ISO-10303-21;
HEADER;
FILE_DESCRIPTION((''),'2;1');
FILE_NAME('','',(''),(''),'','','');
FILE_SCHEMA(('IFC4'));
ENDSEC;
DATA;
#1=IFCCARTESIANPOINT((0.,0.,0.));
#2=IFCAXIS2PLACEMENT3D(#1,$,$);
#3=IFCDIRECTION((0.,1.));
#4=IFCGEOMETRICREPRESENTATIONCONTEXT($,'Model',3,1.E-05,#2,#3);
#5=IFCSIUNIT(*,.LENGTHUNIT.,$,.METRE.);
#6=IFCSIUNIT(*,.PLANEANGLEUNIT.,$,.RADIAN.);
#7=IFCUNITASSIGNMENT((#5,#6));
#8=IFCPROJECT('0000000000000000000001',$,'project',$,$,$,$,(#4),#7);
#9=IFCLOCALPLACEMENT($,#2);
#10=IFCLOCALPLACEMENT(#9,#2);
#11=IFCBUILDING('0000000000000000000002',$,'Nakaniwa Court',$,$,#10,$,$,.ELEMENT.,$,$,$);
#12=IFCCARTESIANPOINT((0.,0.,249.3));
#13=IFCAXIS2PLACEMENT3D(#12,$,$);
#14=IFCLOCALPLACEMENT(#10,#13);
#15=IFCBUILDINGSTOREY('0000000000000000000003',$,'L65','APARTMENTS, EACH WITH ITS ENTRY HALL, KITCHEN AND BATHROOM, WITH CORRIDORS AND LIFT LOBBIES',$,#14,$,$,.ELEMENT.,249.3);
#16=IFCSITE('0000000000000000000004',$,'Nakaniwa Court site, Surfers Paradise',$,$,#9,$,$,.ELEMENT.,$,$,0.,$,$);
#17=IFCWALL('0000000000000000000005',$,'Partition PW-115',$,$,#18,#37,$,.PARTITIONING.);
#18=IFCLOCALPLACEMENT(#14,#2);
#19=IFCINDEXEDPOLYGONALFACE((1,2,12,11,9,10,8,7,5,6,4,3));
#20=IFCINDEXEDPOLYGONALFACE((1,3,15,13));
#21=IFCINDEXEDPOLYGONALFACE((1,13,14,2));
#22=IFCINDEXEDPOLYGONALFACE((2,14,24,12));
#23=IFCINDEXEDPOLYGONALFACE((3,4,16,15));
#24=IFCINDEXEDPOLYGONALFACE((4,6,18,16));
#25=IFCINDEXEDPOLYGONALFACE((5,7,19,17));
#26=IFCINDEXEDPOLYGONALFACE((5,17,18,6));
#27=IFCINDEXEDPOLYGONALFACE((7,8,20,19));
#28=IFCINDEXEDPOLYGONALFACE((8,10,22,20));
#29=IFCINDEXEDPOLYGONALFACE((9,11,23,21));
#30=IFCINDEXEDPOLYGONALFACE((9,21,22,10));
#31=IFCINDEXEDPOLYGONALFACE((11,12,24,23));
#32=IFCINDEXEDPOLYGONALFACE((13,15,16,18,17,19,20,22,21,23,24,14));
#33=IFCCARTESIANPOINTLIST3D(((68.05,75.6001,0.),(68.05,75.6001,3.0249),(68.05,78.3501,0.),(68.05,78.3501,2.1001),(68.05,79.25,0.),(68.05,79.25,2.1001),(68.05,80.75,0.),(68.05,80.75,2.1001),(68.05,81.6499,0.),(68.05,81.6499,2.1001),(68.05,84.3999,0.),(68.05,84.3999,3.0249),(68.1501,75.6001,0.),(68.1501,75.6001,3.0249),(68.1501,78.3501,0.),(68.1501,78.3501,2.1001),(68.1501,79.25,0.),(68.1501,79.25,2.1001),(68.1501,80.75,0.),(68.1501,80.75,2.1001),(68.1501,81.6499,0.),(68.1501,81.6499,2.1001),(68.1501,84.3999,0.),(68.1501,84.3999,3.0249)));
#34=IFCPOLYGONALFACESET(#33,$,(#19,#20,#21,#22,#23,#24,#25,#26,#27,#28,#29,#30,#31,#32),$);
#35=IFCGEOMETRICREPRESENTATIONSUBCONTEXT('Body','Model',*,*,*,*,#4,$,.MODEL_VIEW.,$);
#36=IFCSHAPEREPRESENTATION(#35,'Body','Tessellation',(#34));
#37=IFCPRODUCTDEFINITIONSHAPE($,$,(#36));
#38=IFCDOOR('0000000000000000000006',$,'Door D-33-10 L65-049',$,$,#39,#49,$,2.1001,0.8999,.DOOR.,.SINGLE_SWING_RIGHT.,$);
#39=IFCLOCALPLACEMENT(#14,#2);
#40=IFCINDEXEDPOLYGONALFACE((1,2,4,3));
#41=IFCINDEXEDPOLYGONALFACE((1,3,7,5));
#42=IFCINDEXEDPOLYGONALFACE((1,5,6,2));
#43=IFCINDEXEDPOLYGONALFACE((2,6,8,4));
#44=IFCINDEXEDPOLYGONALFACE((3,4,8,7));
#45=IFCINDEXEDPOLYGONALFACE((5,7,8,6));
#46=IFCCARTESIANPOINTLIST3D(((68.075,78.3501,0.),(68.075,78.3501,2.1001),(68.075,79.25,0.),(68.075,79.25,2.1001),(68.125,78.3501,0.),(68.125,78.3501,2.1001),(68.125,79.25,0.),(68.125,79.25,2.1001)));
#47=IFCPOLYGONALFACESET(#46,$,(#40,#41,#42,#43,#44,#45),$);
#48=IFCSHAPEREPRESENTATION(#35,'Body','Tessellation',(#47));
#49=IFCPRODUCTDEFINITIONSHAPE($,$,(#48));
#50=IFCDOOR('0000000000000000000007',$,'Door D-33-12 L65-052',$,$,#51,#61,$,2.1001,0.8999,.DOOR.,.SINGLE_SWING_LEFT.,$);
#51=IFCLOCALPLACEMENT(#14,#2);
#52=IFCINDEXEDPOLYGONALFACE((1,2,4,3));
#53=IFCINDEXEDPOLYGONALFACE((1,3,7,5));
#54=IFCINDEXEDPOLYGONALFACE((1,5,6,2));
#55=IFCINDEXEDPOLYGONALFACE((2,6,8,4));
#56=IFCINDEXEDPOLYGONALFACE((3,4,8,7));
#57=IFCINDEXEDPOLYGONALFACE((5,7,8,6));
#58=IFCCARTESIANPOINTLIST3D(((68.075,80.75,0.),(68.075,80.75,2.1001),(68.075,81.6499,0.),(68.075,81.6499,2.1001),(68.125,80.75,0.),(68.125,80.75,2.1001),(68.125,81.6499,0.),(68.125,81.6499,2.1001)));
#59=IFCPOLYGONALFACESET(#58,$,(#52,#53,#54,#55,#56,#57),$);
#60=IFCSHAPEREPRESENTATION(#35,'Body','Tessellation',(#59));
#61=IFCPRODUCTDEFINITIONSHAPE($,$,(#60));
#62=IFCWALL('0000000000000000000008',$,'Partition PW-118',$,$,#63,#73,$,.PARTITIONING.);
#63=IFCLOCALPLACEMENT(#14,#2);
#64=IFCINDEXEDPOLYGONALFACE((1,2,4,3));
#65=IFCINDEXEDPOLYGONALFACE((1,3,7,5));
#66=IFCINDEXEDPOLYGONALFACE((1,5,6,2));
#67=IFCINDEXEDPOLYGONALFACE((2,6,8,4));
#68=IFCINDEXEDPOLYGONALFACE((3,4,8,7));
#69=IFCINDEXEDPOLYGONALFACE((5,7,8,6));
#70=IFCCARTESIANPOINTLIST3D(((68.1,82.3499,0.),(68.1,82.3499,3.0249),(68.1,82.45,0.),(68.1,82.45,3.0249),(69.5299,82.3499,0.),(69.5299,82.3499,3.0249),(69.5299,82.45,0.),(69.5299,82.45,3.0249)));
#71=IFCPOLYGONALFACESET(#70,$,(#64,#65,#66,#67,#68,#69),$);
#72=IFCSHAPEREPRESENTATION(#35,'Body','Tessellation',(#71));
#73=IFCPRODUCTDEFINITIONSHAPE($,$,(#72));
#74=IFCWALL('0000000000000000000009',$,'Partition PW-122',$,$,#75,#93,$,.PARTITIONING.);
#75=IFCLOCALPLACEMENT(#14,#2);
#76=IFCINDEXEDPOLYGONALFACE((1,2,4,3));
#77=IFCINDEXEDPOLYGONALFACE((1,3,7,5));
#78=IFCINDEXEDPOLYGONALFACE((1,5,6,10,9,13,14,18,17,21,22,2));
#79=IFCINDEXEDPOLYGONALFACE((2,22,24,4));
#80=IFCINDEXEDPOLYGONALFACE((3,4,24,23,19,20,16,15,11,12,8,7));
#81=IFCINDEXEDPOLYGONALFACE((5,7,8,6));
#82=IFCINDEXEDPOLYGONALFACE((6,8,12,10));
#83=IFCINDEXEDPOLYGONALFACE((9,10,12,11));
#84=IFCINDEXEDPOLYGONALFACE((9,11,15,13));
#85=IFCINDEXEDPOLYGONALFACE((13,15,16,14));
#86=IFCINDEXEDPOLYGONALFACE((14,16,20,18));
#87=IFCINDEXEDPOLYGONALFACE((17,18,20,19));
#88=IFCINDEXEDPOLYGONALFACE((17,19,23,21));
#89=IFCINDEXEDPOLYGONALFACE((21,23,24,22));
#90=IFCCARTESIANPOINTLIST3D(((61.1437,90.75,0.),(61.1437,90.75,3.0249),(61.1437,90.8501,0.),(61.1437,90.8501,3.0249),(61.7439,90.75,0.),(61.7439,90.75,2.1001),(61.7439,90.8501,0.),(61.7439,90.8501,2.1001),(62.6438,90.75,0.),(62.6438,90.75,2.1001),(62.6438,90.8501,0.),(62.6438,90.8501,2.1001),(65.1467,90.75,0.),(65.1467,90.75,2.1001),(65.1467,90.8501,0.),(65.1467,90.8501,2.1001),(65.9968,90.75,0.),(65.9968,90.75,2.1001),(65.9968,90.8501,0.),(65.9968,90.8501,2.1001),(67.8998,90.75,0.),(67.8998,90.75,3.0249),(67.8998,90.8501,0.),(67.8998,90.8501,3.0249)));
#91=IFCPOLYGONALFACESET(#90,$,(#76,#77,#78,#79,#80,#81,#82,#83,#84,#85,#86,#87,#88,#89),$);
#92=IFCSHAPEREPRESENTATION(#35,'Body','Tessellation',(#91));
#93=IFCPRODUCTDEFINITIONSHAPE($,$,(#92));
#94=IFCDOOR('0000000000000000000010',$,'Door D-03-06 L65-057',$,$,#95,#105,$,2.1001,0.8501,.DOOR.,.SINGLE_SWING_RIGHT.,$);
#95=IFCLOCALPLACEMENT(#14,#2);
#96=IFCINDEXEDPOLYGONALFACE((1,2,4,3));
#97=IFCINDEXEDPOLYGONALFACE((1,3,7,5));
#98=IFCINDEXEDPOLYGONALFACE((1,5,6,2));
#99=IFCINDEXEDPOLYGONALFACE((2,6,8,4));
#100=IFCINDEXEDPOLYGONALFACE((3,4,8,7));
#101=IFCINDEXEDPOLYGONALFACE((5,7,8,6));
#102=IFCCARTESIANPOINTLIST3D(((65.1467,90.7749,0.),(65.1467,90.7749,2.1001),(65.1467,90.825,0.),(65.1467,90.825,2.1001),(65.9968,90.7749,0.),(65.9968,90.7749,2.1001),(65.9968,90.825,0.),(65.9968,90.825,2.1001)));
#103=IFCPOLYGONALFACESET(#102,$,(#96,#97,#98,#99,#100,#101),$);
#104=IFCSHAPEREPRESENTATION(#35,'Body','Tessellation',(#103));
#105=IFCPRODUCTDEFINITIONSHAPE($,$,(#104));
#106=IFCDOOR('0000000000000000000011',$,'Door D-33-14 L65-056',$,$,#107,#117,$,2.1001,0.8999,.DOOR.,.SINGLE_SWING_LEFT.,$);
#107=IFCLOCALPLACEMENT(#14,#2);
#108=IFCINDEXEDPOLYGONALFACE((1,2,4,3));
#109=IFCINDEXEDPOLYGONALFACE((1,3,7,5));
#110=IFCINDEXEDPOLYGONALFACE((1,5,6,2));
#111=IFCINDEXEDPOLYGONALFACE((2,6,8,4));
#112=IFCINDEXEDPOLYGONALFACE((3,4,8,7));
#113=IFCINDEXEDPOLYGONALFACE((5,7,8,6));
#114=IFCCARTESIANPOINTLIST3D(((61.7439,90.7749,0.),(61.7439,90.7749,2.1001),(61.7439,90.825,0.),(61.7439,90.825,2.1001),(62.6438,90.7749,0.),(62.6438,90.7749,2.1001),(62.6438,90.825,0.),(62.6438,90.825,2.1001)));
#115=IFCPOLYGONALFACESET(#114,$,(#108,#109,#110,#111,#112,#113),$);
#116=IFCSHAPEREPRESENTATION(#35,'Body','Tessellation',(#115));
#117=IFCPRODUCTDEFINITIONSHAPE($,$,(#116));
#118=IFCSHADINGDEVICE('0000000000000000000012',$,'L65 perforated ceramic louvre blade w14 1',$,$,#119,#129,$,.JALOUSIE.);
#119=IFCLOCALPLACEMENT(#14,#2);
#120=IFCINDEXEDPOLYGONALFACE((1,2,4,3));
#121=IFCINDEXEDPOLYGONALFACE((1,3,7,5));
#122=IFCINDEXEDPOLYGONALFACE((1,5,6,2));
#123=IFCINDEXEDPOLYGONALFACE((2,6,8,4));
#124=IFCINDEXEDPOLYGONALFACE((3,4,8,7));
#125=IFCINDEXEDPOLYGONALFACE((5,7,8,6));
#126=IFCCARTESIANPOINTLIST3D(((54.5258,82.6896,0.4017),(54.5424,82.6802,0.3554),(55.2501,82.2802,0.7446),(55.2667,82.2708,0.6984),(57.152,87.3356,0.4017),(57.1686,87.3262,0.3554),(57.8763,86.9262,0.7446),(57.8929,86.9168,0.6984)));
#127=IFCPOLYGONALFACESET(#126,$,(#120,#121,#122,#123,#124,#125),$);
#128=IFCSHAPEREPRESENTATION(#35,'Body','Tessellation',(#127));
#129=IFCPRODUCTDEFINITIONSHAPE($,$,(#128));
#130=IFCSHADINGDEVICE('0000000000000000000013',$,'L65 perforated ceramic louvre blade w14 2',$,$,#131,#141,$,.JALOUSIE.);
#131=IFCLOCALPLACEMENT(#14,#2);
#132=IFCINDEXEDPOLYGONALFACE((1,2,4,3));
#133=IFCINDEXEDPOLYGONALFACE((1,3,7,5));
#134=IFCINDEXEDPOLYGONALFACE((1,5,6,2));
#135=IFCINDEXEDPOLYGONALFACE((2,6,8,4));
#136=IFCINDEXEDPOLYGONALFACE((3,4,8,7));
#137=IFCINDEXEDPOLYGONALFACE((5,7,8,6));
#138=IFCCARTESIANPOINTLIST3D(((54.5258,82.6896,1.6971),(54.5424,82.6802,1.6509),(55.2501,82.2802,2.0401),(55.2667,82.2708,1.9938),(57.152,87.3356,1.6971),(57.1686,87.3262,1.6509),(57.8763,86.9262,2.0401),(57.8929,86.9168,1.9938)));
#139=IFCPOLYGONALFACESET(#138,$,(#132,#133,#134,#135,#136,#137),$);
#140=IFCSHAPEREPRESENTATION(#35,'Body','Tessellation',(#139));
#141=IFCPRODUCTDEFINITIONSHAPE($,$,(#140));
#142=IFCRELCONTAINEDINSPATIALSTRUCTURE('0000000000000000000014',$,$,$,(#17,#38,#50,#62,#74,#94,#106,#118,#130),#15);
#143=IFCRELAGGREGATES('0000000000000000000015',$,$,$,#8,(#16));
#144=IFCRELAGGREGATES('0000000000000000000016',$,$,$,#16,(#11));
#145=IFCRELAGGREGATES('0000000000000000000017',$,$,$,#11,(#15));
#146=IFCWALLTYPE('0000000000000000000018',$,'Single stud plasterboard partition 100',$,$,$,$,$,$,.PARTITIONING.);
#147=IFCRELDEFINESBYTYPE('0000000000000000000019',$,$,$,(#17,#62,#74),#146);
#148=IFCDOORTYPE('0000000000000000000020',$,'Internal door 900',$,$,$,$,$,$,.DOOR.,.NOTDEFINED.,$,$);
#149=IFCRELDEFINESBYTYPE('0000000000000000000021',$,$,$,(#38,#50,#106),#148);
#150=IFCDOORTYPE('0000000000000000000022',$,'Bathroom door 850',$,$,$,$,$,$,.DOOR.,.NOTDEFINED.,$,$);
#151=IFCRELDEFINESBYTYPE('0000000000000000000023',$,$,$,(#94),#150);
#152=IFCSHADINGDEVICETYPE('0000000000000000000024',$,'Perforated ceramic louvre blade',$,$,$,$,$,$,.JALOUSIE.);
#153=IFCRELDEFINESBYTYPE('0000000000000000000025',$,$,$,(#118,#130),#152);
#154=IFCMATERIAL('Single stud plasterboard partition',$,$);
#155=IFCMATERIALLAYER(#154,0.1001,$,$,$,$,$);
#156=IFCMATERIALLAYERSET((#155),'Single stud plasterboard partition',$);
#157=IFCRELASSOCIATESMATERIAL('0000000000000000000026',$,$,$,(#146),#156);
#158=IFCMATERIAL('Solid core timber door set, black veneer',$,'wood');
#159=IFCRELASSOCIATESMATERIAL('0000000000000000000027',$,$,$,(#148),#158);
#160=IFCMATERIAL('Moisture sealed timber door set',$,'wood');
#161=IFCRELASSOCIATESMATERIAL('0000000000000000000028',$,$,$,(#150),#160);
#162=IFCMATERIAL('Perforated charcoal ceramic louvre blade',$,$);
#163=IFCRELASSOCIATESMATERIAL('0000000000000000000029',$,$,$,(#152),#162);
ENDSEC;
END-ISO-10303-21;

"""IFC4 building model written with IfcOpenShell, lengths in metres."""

from ifc_helpers import new_model, si_unit, direction, frame, frame_2d, origin, origin_2d, place, context, subcontext, project, spatial, rectangle, extrude, material, layer, layer_set, material_profile, profile_set, type_object, element, fill, save


model = new_model("IFC4")

# Units and contexts
model_context = context("Model", 3, precision=1e-05, world=origin(), true_north=direction((0.0, 1.0)))
body_context = subcontext(model_context, "Body", "Model", "MODEL_VIEW")
ifc_project = project(units=[si_unit("LENGTHUNIT", "METRE"), si_unit("PLANEANGLEUNIT", "RADIAN")], contexts=[model_context])

# Site, building, storey
site_placement = place(None, origin())
site = spatial("IfcSite", under=ifc_project, at=site_placement, Name="Nakaniwa Court site, Surfers Paradise", CompositionType="ELEMENT", RefElevation=0.0)
building_placement = place(site_placement, origin())
building = spatial("IfcBuilding", under=site, at=building_placement, Name="Nakaniwa Court", CompositionType="ELEMENT")
storey_placement = place(building_placement, frame((0.0, 0.0, 249.3)))
storey = spatial("IfcBuildingStorey", under=building, at=storey_placement, Name="L65", Description="APARTMENTS, EACH WITH ITS ENTRY HALL, KITCHEN AND BATHROOM, WITH CORRIDORS AND LIFT LOBBIES", CompositionType="ELEMENT", Elevation=249.3)

# Wall, openings, doors
ifc_material_1 = material(Name="Single stud plasterboard partition")
ifc_layer_1 = layer(ifc_material_1, 0.1001)
ifc_layer_set_1 = layer_set([ifc_layer_1], Name="Single stud plasterboard partition")
wall_type_1 = type_object("IfcWallType", Name="Single stud plasterboard partition 100", PredefinedType="PARTITIONING", material=ifc_layer_set_1)
wall_1_placement = place(storey_placement, frame((68.1001, 84.3999, 0.0), z_axis=(0.0, 0.0, 1.0), x_axis=(0.0, -1.0, 0.0)))
wall_1 = element("IfcWall", 1, at=wall_1_placement, inside=storey, type_object=wall_type_1, Name="Partition PW-115", PredefinedType="PARTITIONING", context=body_context, shape_type="SweptSolid", body=[
    extrude(rectangle(XDim=8.7998, YDim=0.1001, at=frame_2d((4.3999, 0.0))), origin(), (0.0, 0.0, 1.0), 3.0249),
])
opening_1_placement = place(wall_1_placement, frame((5.1499, 0.0, 0.0)))
opening_1 = element("IfcOpeningElement", 2, at=opening_1_placement, cuts=wall_1, PredefinedType="OPENING", context=body_context, shape_type="SweptSolid", body=[
    extrude(rectangle(XDim=0.8999, YDim=2.1001, at=frame_2d((0.45, 1.05))), frame((0.0, 0.0601, 0.0), z_axis=(0.0, -1.0, 0.0), x_axis=(1.0, 0.0, 0.0)), (0.0, 0.0, 1.0), 0.1201),
])
opening_2_placement = place(wall_1_placement, frame((2.75, 0.0, 0.0)))
opening_2 = element("IfcOpeningElement", 3, at=opening_2_placement, cuts=wall_1, PredefinedType="OPENING", context=body_context, shape_type="SweptSolid", body=[
    extrude(rectangle(XDim=0.8999, YDim=2.1001, at=frame_2d((0.45, 1.05))), frame((0.0, 0.0601, 0.0), z_axis=(0.0, -1.0, 0.0), x_axis=(1.0, 0.0, 0.0)), (0.0, 0.0, 1.0), 0.1201),
])
ifc_material_2 = material(Name="Solid core timber door set, black veneer", Category="wood")
door_type_1 = type_object("IfcDoorType", Name="Internal door 900", OperationType="NOTDEFINED", PredefinedType="DOOR", material=ifc_material_2)
door_1_placement = place(opening_1_placement, origin())
door_1 = element("IfcDoor", 4, at=door_1_placement, inside=storey, type_object=door_type_1, Name="Door D-33-10 L65-049", OperationType="SINGLE_SWING_RIGHT", OverallHeight=2.1001, OverallWidth=0.8999, PredefinedType="DOOR", context=body_context, shape_type="SweptSolid", body=[
    extrude(rectangle(XDim=0.8999, YDim=2.1001, at=frame_2d((0.45, 1.05))), frame((0.0, 0.0249, 0.0), z_axis=(0.0, -1.0, 0.0), x_axis=(1.0, 0.0, 0.0)), (0.0, 0.0, 1.0), 0.05),
])
fill(opening_1, door_1)
door_2_placement = place(opening_2_placement, origin())
door_2 = element("IfcDoor", 5, at=door_2_placement, inside=storey, type_object=door_type_1, Name="Door D-33-12 L65-052", OperationType="SINGLE_SWING_LEFT", OverallHeight=2.1001, OverallWidth=0.8999, PredefinedType="DOOR", context=body_context, shape_type="SweptSolid", body=[
    extrude(rectangle(XDim=0.8999, YDim=2.1001, at=frame_2d((0.45, 1.05))), frame((0.0, 0.0249, 0.0), z_axis=(0.0, -1.0, 0.0), x_axis=(1.0, 0.0, 0.0)), (0.0, 0.0, 1.0), 0.05),
])
fill(opening_2, door_2)

# Wall
wall_2_placement = place(storey_placement, frame((68.1001, 82.3999, 0.0), z_axis=(0.0, 0.0, 1.0), x_axis=(1.0, 0.0, 0.0)))
element("IfcWall", 6, at=wall_2_placement, inside=storey, type_object=wall_type_1, Name="Partition PW-118", PredefinedType="PARTITIONING", context=body_context, shape_type="SweptSolid", body=[
    extrude(rectangle(XDim=1.4299, YDim=0.1001, at=frame_2d((0.7148, 0.0))), origin(), (0.0, 0.0, 1.0), 3.0249),
])

# Wall, openings, doors
wall_3_placement = place(storey_placement, frame((61.1438, 90.8, 0.0), z_axis=(0.0, 0.0, 1.0), x_axis=(1.0, 0.0, 0.0)))
wall_3 = element("IfcWall", 7, at=wall_3_placement, inside=storey, type_object=wall_type_1, Name="Partition PW-122", PredefinedType="PARTITIONING", context=body_context, shape_type="SweptSolid", body=[
    extrude(rectangle(XDim=6.7561, YDim=0.1001, at=frame_2d((3.3779, 0.0))), origin(), (0.0, 0.0, 1.0), 3.0249),
])
opening_3_placement = place(wall_3_placement, frame((0.6001, 0.0, 0.0)))
opening_3 = element("IfcOpeningElement", 8, at=opening_3_placement, cuts=wall_3, PredefinedType="OPENING", context=body_context, shape_type="SweptSolid", body=[
    extrude(rectangle(XDim=0.8999, YDim=2.1001, at=frame_2d((0.45, 1.05))), frame((0.0, 0.0601, 0.0), z_axis=(0.0, -1.0, 0.0), x_axis=(1.0, 0.0, 0.0)), (0.0, 0.0, 1.0), 0.1201),
])
opening_4_placement = place(wall_3_placement, frame((4.0029, 0.0, 0.0)))
opening_4 = element("IfcOpeningElement", 9, at=opening_4_placement, cuts=wall_3, PredefinedType="OPENING", context=body_context, shape_type="SweptSolid", body=[
    extrude(rectangle(XDim=0.8501, YDim=2.1001, at=frame_2d((0.425, 1.05))), frame((0.0, 0.0601, 0.0), z_axis=(0.0, -1.0, 0.0), x_axis=(1.0, 0.0, 0.0)), (0.0, 0.0, 1.0), 0.1201),
])
ifc_material_3 = material(Name="Moisture sealed timber door set", Category="wood")
door_type_2 = type_object("IfcDoorType", Name="Bathroom door 850", OperationType="NOTDEFINED", PredefinedType="DOOR", material=ifc_material_3)
door_3_placement = place(opening_4_placement, origin())
door_3 = element("IfcDoor", 10, at=door_3_placement, inside=storey, type_object=door_type_2, Name="Door D-03-06 L65-057", OperationType="SINGLE_SWING_RIGHT", OverallHeight=2.1001, OverallWidth=0.8501, PredefinedType="DOOR", context=body_context, shape_type="SweptSolid", body=[
    extrude(rectangle(XDim=0.8501, YDim=2.1001, at=frame_2d((0.425, 1.05))), frame((0.0, 0.0249, 0.0), z_axis=(0.0, -1.0, 0.0), x_axis=(1.0, 0.0, 0.0)), (0.0, 0.0, 1.0), 0.05),
])
fill(opening_4, door_3)
door_4_placement = place(opening_3_placement, origin())
door_4 = element("IfcDoor", 11, at=door_4_placement, inside=storey, type_object=door_type_1, Name="Door D-33-14 L65-056", OperationType="SINGLE_SWING_LEFT", OverallHeight=2.1001, OverallWidth=0.8999, PredefinedType="DOOR", context=body_context, shape_type="SweptSolid", body=[
    extrude(rectangle(XDim=0.8999, YDim=2.1001, at=frame_2d((0.45, 1.05))), frame((0.0, 0.0249, 0.0), z_axis=(0.0, -1.0, 0.0), x_axis=(1.0, 0.0, 0.0)), (0.0, 0.0, 1.0), 0.05),
])
fill(opening_3, door_4)

# Shading devices
ifc_material_4 = material(Name="Perforated charcoal ceramic louvre blade")
ifc_material_profile_1 = material_profile(ifc_material_4, rectangle(XDim=0.8999, YDim=0.05, at=origin_2d()), Name="Perforated ceramic louvre blade")
ifc_profile_set_1 = profile_set([ifc_material_profile_1], Name="Perforated charcoal ceramic louvre blade")
shading_device_type = type_object("IfcShadingDeviceType", Name="Perforated ceramic louvre blade", PredefinedType="JALOUSIE", material=ifc_profile_set_1)
for number, where, z_axis, x_axis, name in (
    (12, (57.5225, 87.1262, 0.55), (-0.492089, -0.870545, 0.0), (0.804859, -0.454959, 0.38107), "L65 perforated ceramic louvre blade w14 1"),
    (13, (57.5225, 87.1262, 1.8455), (-0.492089, -0.870545, 0.0), (0.804859, -0.454959, 0.38107), "L65 perforated ceramic louvre blade w14 2"),
):
    element("IfcShadingDevice", number, at=place(storey_placement, frame(where, z_axis=z_axis, x_axis=x_axis)), inside=storey, type_object=shading_device_type, Name=name, PredefinedType="JALOUSIE", context=body_context, shape_type="SweptSolid", body=[
        extrude(rectangle(XDim=0.8999, YDim=0.05, at=origin_2d()), origin(), (0.0, 0.0, 1.0), 5.3369),
    ])

save(model, "model.ifc")
